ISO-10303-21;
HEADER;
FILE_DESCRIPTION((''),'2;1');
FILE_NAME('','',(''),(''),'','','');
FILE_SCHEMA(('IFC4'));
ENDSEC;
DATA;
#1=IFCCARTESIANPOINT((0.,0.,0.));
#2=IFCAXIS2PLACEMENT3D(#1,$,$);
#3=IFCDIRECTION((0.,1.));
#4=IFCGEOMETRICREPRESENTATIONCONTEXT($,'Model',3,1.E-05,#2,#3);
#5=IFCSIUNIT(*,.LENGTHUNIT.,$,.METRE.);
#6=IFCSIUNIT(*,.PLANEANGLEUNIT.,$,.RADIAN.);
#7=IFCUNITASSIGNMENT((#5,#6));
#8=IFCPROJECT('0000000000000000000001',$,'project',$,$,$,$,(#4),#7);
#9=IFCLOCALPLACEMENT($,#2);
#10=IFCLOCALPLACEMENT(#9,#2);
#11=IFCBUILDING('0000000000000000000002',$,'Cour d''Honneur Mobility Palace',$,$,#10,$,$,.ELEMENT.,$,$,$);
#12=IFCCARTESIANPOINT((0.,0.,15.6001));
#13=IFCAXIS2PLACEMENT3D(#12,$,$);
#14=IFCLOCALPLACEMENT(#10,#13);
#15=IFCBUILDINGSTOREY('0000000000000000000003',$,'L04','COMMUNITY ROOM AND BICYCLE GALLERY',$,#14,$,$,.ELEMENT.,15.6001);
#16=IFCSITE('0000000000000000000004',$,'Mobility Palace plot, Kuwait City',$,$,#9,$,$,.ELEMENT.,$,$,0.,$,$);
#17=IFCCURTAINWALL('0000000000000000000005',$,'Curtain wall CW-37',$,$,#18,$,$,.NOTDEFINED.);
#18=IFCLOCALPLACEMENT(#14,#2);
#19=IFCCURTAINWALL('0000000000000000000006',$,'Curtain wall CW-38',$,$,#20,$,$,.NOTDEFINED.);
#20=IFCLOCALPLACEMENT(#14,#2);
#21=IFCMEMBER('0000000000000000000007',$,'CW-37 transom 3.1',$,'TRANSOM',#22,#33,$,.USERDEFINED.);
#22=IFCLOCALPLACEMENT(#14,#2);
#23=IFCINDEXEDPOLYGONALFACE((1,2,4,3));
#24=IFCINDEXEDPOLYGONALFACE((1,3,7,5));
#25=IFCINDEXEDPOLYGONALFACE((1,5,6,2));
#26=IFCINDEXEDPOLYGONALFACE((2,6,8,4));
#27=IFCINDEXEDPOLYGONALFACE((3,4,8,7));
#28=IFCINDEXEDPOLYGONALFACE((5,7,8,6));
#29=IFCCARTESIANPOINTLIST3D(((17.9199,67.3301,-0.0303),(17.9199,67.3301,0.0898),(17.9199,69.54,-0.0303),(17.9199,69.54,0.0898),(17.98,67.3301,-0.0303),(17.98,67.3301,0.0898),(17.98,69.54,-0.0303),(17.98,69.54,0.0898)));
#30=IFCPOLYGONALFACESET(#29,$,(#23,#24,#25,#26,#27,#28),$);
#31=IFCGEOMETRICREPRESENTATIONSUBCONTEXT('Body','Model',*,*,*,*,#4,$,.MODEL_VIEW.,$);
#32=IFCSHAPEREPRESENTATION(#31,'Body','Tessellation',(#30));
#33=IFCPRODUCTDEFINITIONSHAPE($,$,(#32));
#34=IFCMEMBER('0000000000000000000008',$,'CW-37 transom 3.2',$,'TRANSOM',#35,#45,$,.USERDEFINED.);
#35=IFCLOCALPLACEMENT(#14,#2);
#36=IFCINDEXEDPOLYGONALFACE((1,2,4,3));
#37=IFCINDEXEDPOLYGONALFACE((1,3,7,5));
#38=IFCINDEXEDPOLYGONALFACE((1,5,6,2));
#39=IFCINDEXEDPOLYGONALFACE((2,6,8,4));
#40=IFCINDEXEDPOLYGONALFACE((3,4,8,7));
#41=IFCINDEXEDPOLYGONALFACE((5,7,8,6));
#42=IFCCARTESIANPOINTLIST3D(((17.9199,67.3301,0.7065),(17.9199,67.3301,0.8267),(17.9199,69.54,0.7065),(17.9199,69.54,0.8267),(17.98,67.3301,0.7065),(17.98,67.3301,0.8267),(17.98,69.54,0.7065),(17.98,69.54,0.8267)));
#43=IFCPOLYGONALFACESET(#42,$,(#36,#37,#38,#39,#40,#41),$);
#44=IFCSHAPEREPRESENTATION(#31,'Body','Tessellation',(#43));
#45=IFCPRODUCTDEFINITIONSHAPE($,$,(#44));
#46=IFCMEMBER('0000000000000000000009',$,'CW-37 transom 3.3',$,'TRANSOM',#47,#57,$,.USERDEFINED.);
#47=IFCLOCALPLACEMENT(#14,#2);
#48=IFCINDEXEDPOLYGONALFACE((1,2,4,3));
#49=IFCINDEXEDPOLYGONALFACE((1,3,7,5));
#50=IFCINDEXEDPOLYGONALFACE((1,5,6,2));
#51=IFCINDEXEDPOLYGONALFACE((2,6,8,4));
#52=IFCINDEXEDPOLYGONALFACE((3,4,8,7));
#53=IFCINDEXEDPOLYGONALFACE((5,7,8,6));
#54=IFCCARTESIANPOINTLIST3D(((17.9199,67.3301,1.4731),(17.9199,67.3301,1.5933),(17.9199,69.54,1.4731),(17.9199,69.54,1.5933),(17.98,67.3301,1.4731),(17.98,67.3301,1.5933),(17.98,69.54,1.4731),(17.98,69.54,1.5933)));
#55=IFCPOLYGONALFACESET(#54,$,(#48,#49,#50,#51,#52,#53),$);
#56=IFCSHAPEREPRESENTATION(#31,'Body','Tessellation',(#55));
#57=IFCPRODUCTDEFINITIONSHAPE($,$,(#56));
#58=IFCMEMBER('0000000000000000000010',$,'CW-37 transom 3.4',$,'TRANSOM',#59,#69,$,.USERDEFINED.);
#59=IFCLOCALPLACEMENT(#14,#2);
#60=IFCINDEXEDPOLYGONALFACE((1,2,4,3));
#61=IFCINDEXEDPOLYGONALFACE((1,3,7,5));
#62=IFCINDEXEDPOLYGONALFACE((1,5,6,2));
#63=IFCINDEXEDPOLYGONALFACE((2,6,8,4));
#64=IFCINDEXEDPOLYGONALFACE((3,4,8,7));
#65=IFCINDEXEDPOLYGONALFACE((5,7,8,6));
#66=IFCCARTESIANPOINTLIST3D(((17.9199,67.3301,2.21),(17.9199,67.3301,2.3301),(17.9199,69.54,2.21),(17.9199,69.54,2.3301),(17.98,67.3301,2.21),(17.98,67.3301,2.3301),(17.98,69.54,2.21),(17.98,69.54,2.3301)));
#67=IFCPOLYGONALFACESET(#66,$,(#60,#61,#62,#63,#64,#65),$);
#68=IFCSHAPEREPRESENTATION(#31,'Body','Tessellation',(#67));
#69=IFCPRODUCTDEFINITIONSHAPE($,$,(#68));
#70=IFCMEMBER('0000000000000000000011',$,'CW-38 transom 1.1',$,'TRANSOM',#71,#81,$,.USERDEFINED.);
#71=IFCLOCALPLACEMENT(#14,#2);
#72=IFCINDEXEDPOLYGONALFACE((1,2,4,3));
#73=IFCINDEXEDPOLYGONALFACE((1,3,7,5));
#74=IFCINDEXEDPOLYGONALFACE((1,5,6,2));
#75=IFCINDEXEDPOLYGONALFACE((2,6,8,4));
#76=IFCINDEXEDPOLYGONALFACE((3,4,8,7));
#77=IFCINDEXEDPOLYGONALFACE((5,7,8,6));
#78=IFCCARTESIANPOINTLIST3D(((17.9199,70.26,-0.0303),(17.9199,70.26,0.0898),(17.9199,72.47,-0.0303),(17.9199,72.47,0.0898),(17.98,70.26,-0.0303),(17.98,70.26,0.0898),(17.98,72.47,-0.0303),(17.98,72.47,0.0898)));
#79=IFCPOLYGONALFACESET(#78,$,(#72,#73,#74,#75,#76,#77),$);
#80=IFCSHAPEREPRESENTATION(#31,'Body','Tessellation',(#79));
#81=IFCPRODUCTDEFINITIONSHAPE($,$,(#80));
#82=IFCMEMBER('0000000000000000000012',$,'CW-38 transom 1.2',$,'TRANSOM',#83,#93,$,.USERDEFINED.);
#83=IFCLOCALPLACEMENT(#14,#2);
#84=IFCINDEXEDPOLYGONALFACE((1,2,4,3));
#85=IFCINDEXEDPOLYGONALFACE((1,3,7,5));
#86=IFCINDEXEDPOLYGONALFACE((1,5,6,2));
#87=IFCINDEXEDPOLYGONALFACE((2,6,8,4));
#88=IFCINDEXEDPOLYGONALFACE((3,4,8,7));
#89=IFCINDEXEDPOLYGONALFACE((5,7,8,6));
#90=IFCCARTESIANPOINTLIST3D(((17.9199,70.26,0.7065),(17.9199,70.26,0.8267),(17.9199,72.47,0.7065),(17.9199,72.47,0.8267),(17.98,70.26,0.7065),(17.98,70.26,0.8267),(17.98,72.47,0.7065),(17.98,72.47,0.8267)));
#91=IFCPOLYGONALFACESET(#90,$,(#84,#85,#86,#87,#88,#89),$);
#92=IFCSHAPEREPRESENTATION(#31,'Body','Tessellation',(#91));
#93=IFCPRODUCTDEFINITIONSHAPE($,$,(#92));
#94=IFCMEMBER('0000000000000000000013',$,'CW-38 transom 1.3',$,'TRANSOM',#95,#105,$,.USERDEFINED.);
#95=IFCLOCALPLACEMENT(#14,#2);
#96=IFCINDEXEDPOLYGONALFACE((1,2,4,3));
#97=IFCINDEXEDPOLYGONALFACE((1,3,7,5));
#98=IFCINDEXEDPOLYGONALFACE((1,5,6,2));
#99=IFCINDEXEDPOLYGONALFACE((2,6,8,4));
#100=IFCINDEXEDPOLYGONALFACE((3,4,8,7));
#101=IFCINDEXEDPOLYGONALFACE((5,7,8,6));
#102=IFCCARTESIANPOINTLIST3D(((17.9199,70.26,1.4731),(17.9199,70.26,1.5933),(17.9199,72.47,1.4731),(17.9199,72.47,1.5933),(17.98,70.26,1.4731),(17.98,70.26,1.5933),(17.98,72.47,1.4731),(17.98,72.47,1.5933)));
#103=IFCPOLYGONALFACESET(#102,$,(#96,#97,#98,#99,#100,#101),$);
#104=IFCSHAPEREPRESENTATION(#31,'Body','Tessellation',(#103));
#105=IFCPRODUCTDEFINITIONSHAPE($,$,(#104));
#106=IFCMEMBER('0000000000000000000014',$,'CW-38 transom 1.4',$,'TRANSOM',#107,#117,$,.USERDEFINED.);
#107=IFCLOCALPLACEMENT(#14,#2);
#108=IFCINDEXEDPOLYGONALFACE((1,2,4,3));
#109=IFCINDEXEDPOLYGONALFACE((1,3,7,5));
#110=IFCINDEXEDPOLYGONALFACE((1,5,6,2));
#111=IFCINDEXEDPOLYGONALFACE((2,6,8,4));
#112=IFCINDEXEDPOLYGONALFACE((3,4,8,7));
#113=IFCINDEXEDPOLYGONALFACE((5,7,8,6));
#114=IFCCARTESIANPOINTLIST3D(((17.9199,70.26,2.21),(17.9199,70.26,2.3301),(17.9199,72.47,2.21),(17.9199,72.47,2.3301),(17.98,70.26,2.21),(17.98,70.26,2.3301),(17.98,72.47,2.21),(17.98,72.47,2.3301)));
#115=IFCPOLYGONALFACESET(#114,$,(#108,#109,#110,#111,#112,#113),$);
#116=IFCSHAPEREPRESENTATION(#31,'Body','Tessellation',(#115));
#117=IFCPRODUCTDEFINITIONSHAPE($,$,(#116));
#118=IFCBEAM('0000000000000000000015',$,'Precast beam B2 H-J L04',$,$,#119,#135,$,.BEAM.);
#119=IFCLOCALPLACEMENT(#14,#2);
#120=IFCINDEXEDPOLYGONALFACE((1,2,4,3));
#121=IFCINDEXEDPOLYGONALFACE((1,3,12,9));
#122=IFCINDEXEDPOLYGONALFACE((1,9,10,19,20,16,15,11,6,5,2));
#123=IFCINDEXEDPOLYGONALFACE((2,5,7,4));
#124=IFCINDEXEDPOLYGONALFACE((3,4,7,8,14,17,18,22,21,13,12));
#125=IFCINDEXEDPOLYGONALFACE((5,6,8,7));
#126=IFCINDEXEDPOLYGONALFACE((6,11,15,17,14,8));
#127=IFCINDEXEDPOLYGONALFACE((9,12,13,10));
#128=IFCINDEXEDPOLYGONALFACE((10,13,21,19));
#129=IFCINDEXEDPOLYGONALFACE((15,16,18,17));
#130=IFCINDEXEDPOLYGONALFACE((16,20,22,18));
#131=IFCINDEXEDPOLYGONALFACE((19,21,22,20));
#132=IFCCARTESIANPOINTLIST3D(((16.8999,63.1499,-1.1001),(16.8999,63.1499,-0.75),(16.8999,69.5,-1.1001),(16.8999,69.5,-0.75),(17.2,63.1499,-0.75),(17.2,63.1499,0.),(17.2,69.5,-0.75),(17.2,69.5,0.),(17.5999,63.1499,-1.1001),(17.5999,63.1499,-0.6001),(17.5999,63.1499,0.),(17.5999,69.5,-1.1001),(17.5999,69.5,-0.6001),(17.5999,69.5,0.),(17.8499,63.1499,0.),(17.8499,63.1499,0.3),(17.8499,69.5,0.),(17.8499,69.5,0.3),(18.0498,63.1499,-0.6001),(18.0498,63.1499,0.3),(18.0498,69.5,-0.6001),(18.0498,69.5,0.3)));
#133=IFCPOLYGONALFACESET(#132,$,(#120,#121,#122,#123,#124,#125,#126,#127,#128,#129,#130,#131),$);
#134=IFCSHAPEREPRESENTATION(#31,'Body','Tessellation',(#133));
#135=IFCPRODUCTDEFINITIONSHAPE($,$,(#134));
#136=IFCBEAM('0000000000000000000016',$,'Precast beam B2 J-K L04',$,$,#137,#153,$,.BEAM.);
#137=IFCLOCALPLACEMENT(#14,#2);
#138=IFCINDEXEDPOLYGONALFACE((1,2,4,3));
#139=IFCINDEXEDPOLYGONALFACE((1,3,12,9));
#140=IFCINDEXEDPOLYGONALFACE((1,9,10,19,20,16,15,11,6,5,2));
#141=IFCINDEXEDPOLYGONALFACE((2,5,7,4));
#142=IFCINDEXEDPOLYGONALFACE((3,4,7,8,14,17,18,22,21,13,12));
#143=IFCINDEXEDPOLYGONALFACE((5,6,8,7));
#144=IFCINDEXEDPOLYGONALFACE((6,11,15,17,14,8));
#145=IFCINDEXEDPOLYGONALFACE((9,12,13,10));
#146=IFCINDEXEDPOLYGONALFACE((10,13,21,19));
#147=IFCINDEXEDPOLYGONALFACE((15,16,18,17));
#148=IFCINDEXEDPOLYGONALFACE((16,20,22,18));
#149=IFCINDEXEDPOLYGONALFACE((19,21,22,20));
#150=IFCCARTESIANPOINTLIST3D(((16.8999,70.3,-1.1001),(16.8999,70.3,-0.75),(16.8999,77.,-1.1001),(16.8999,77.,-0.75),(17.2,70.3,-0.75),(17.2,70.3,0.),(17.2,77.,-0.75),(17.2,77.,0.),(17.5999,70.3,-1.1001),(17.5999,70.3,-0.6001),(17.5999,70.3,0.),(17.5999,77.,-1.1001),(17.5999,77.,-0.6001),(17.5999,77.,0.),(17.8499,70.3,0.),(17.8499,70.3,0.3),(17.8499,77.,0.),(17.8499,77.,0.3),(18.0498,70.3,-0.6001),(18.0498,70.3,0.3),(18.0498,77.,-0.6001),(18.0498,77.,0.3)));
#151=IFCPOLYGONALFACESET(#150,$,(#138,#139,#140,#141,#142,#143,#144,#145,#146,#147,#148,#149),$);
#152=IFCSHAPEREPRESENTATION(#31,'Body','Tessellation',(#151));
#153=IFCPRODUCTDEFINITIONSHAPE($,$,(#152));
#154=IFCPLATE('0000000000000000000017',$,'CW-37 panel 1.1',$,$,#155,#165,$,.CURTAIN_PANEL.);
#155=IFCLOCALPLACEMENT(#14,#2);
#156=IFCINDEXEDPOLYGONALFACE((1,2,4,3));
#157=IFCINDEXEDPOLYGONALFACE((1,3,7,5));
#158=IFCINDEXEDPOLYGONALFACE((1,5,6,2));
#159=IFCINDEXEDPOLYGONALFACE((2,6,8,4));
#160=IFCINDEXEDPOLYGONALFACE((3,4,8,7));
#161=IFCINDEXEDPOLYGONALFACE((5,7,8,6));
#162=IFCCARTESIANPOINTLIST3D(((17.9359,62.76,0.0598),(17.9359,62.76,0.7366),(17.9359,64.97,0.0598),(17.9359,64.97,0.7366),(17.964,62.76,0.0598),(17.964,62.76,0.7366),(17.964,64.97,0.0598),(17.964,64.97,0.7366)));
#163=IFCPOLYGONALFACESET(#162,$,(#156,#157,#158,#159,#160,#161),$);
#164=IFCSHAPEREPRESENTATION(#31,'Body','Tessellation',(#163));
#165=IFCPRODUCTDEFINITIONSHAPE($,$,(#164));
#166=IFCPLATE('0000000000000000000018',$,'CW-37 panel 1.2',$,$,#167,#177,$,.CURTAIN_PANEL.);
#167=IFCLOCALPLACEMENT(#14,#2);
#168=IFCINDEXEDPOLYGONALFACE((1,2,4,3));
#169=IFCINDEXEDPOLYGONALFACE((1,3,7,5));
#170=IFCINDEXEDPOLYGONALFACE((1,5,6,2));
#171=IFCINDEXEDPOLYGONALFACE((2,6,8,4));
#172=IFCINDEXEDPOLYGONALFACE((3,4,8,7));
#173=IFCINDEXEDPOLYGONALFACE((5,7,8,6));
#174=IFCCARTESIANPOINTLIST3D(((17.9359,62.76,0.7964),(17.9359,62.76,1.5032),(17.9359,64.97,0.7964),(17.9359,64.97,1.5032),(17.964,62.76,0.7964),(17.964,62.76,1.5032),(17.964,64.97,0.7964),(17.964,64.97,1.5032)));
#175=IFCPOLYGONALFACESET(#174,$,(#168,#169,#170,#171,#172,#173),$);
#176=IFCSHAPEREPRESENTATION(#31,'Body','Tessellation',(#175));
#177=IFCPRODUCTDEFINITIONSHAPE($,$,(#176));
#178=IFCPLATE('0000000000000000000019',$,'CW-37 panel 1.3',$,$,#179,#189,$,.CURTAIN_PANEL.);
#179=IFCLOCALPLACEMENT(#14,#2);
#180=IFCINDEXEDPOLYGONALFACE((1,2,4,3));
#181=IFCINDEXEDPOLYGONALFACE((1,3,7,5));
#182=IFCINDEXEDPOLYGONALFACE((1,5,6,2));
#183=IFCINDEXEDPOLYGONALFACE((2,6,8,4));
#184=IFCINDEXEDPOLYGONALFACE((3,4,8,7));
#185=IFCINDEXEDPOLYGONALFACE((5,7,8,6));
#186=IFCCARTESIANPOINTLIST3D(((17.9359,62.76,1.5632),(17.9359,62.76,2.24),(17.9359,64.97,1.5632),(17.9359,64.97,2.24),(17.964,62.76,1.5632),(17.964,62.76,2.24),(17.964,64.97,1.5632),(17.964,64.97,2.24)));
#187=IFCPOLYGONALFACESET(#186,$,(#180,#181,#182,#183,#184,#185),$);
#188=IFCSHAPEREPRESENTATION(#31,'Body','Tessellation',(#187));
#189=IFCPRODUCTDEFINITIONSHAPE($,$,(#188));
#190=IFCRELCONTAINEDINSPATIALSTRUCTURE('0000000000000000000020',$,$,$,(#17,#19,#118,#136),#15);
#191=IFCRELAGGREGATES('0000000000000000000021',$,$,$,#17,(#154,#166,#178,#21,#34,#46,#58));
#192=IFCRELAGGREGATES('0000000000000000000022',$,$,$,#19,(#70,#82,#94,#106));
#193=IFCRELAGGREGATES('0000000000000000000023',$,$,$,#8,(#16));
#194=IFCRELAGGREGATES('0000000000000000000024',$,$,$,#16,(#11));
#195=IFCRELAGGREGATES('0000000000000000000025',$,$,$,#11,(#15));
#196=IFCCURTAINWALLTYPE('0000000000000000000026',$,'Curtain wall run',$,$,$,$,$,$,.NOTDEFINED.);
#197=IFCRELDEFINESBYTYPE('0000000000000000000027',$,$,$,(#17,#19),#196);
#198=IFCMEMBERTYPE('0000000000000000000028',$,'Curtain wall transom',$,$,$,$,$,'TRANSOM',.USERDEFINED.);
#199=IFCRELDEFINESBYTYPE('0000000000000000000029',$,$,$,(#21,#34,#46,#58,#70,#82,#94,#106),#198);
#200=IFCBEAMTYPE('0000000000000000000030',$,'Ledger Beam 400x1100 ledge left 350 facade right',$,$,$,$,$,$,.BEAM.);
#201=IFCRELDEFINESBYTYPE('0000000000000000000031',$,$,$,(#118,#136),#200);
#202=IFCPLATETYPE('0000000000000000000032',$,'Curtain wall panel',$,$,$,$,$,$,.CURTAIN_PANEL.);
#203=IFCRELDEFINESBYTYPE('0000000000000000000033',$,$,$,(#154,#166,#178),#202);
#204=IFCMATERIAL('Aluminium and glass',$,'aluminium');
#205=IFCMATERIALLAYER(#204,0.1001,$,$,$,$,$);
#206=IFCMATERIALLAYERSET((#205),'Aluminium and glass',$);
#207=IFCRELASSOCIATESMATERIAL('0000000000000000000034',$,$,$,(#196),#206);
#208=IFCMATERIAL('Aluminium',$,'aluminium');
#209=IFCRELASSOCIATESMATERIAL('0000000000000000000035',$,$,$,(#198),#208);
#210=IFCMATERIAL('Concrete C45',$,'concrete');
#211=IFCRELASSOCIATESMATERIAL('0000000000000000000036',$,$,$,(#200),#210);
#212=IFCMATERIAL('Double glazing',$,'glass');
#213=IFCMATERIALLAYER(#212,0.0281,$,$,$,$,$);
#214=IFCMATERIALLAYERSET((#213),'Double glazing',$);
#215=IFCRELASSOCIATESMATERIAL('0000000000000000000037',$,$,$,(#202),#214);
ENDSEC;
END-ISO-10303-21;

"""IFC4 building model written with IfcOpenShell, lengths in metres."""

from ifc_helpers import new_model, si_unit, direction, frame, origin, origin_2d, place, context, subcontext, project, spatial, polyline, rectangle, outline, extrude, material, layer, layer_set, material_profile, profile_set, type_object, element, aggregate, save


model = new_model("IFC4")

# Units and contexts
model_context = context("Model", 3, precision=1e-05, world=origin(), true_north=direction((0.0, 1.0)))
body_context = subcontext(model_context, "Body", "Model", "MODEL_VIEW")
ifc_project = project(units=[si_unit("LENGTHUNIT", "METRE"), si_unit("PLANEANGLEUNIT", "RADIAN")], contexts=[model_context])

# Site, building, storey
site_placement = place(None, origin())
site = spatial("IfcSite", under=ifc_project, at=site_placement, Name="Mobility Palace plot, Kuwait City", CompositionType="ELEMENT", RefElevation=0.0)
building_placement = place(site_placement, origin())
building = spatial("IfcBuilding", under=site, at=building_placement, Name="Cour d'Honneur Mobility Palace", CompositionType="ELEMENT")
storey_placement = place(building_placement, frame((0.0, 0.0, 15.6001)))
storey = spatial("IfcBuildingStorey", under=building, at=storey_placement, Name="L04", Description="COMMUNITY ROOM AND BICYCLE GALLERY", CompositionType="ELEMENT", Elevation=15.6001)

# Curtain wall
ifc_material_1 = material(Name="Aluminium and glass", Category="aluminium")
ifc_layer_1 = layer(ifc_material_1, 0.1001)
ifc_layer_set_1 = layer_set([ifc_layer_1], Name="Aluminium and glass")
curtain_wall_type = type_object("IfcCurtainWallType", Name="Curtain wall run", PredefinedType="NOTDEFINED", material=ifc_layer_set_1)
curtain_wall_1_placement = place(storey_placement, origin())
curtain_wall_1 = element("IfcCurtainWall", 1, at=curtain_wall_1_placement, inside=storey, type_object=curtain_wall_type, Name="Curtain wall CW-37", PredefinedType="NOTDEFINED")

# Curtain wall
curtain_wall_2_placement = place(storey_placement, origin())
curtain_wall_2 = element("IfcCurtainWall", 2, at=curtain_wall_2_placement, inside=storey, type_object=curtain_wall_type, Name="Curtain wall CW-38", PredefinedType="NOTDEFINED")

# Members
ifc_material_2 = material(Name="Aluminium", Category="aluminium")
ifc_material_profile_1 = material_profile(ifc_material_2, rectangle(XDim=0.0601, YDim=0.1201, at=origin_2d()), Name="Curtain wall transom")
ifc_profile_set_1 = profile_set([ifc_material_profile_1], Name="Aluminium")
member_type_1 = type_object("IfcMemberType", Name="Curtain wall transom", ElementType="TRANSOM", PredefinedType="USERDEFINED", material=ifc_profile_set_1)
member_1_placement = place(storey_placement, frame((17.95, 67.3301, 0.0298), z_axis=(0.0, 1.0, 0.0), x_axis=(-1.0, 0.0, 0.0)))
member_1 = element("IfcMember", 3, at=member_1_placement, type_object=member_type_1, Name="CW-37 transom 3.1", ObjectType="TRANSOM", PredefinedType="USERDEFINED", context=body_context, shape_type="SweptSolid", body=[
    extrude(rectangle(XDim=0.0601, YDim=0.1201, at=origin_2d()), origin(), (0.0, 0.0, 1.0), 2.21),
])
member_2_placement = place(storey_placement, frame((17.95, 67.3301, 0.7666), z_axis=(0.0, 1.0, 0.0), x_axis=(-1.0, 0.0, 0.0)))
member_2 = element("IfcMember", 4, at=member_2_placement, type_object=member_type_1, Name="CW-37 transom 3.2", ObjectType="TRANSOM", PredefinedType="USERDEFINED", context=body_context, shape_type="SweptSolid", body=[
    extrude(rectangle(XDim=0.0601, YDim=0.1201, at=origin_2d()), origin(), (0.0, 0.0, 1.0), 2.21),
])
member_3_placement = place(storey_placement, frame((17.95, 67.3301, 1.5332), z_axis=(0.0, 1.0, 0.0), x_axis=(-1.0, 0.0, 0.0)))
member_3 = element("IfcMember", 5, at=member_3_placement, type_object=member_type_1, Name="CW-37 transom 3.3", ObjectType="TRANSOM", PredefinedType="USERDEFINED", context=body_context, shape_type="SweptSolid", body=[
    extrude(rectangle(XDim=0.0601, YDim=0.1201, at=origin_2d()), origin(), (0.0, 0.0, 1.0), 2.21),
])
member_4_placement = place(storey_placement, frame((17.95, 67.3301, 2.27), z_axis=(0.0, 1.0, 0.0), x_axis=(-1.0, 0.0, 0.0)))
member_4 = element("IfcMember", 6, at=member_4_placement, type_object=member_type_1, Name="CW-37 transom 3.4", ObjectType="TRANSOM", PredefinedType="USERDEFINED", context=body_context, shape_type="SweptSolid", body=[
    extrude(rectangle(XDim=0.0601, YDim=0.1201, at=origin_2d()), origin(), (0.0, 0.0, 1.0), 2.21),
])
member_5_placement = place(storey_placement, frame((17.95, 70.26, 0.0298), z_axis=(0.0, 1.0, 0.0), x_axis=(-1.0, 0.0, 0.0)))
member_5 = element("IfcMember", 7, at=member_5_placement, type_object=member_type_1, Name="CW-38 transom 1.1", ObjectType="TRANSOM", PredefinedType="USERDEFINED", context=body_context, shape_type="SweptSolid", body=[
    extrude(rectangle(XDim=0.0601, YDim=0.1201, at=origin_2d()), origin(), (0.0, 0.0, 1.0), 2.21),
])
member_6_placement = place(storey_placement, frame((17.95, 70.26, 0.7666), z_axis=(0.0, 1.0, 0.0), x_axis=(-1.0, 0.0, 0.0)))
member_6 = element("IfcMember", 8, at=member_6_placement, type_object=member_type_1, Name="CW-38 transom 1.2", ObjectType="TRANSOM", PredefinedType="USERDEFINED", context=body_context, shape_type="SweptSolid", body=[
    extrude(rectangle(XDim=0.0601, YDim=0.1201, at=origin_2d()), origin(), (0.0, 0.0, 1.0), 2.21),
])
member_7_placement = place(storey_placement, frame((17.95, 70.26, 1.5332), z_axis=(0.0, 1.0, 0.0), x_axis=(-1.0, 0.0, 0.0)))
member_7 = element("IfcMember", 9, at=member_7_placement, type_object=member_type_1, Name="CW-38 transom 1.3", ObjectType="TRANSOM", PredefinedType="USERDEFINED", context=body_context, shape_type="SweptSolid", body=[
    extrude(rectangle(XDim=0.0601, YDim=0.1201, at=origin_2d()), origin(), (0.0, 0.0, 1.0), 2.21),
])
member_8_placement = place(storey_placement, frame((17.95, 70.26, 2.27), z_axis=(0.0, 1.0, 0.0), x_axis=(-1.0, 0.0, 0.0)))
member_8 = element("IfcMember", 10, at=member_8_placement, type_object=member_type_1, Name="CW-38 transom 1.4", ObjectType="TRANSOM", PredefinedType="USERDEFINED", context=body_context, shape_type="SweptSolid", body=[
    extrude(rectangle(XDim=0.0601, YDim=0.1201, at=origin_2d()), origin(), (0.0, 0.0, 1.0), 2.21),
])

# Beams
ifc_material_3 = material(Name="Concrete C45", Category="concrete")
ifc_material_profile_2 = material_profile(ifc_material_3, outline(polyline([(0.5, -1.1001), (0.5, -0.75), (0.2, -0.75), (0.2, 0.0), (-0.2, 0.0), (-0.45, 0.0), (-0.45, 0.3), (-0.6499, 0.3), (-0.6499, -0.6001), (-0.2, -0.6001), (-0.2, -1.1001), (0.5, -1.1001)])), Name="Ledger Beam 400x1100 ledge left 350 facade right")
ifc_profile_set_2 = profile_set([ifc_material_profile_2], Name="Concrete C45")
beam_type = type_object("IfcBeamType", Name="Ledger Beam 400x1100 ledge left 350 facade right", PredefinedType="BEAM", material=ifc_profile_set_2)
beam_1_placement = place(storey_placement, frame((17.3999, 63.1499, 0.0), z_axis=(0.0, 1.0, 0.0), x_axis=(-1.0, 0.0, 0.0)))
element("IfcBeam", 11, at=beam_1_placement, inside=storey, type_object=beam_type, Name="Precast beam B2 H-J L04", PredefinedType="BEAM", context=body_context, shape_type="SweptSolid", body=[
    extrude(outline(polyline([(0.5, -1.1001), (0.5, -0.75), (0.2, -0.75), (0.2, 0.0), (-0.2, 0.0), (-0.45, 0.0), (-0.45, 0.3), (-0.6499, 0.3), (-0.6499, -0.6001), (-0.2, -0.6001), (-0.2, -1.1001), (0.5, -1.1001)])), origin(), (0.0, 0.0, 1.0), 6.3501),
])
beam_2_placement = place(storey_placement, frame((17.3999, 70.3, 0.0), z_axis=(0.0, 1.0, 0.0), x_axis=(-1.0, 0.0, 0.0)))
element("IfcBeam", 12, at=beam_2_placement, inside=storey, type_object=beam_type, Name="Precast beam B2 J-K L04", PredefinedType="BEAM", context=body_context, shape_type="SweptSolid", body=[
    extrude(outline(polyline([(0.5, -1.1001), (0.5, -0.75), (0.2, -0.75), (0.2, 0.0), (-0.2, 0.0), (-0.45, 0.0), (-0.45, 0.3), (-0.6499, 0.3), (-0.6499, -0.6001), (-0.2, -0.6001), (-0.2, -1.1001), (0.5, -1.1001)])), origin(), (0.0, 0.0, 1.0), 6.7),
])

# Plates
ifc_material_4 = material(Name="Double glazing", Category="glass")
ifc_layer_2 = layer(ifc_material_4, 0.0281)
ifc_layer_set_2 = layer_set([ifc_layer_2], Name="Double glazing")
plate_type = type_object("IfcPlateType", Name="Curtain wall panel", PredefinedType="CURTAIN_PANEL", material=ifc_layer_set_2)
plate_1_placement = place(storey_placement, frame((17.95, 63.865, 0.0598), z_axis=(0.0, 0.0, 1.0), x_axis=(0.0, 1.0, 0.0)))
plate_1 = element("IfcPlate", 13, at=plate_1_placement, type_object=plate_type, Name="CW-37 panel 1.1", PredefinedType="CURTAIN_PANEL", context=body_context, shape_type="SweptSolid", body=[
    extrude(rectangle(XDim=2.21, YDim=0.0281, at=origin_2d()), origin(), (0.0, 0.0, 1.0), 0.6768),
])
plate_2_placement = place(storey_placement, frame((17.95, 63.865, 0.7964), z_axis=(0.0, 0.0, 1.0), x_axis=(0.0, 1.0, 0.0)))
plate_2 = element("IfcPlate", 14, at=plate_2_placement, type_object=plate_type, Name="CW-37 panel 1.2", PredefinedType="CURTAIN_PANEL", context=body_context, shape_type="SweptSolid", body=[
    extrude(rectangle(XDim=2.21, YDim=0.0281, at=origin_2d()), origin(), (0.0, 0.0, 1.0), 0.7068),
])
plate_3_placement = place(storey_placement, frame((17.95, 63.865, 1.5632), z_axis=(0.0, 0.0, 1.0), x_axis=(0.0, 1.0, 0.0)))
plate_3 = element("IfcPlate", 15, at=plate_3_placement, type_object=plate_type, Name="CW-37 panel 1.3", PredefinedType="CURTAIN_PANEL", context=body_context, shape_type="SweptSolid", body=[
    extrude(rectangle(XDim=2.21, YDim=0.0281, at=origin_2d()), origin(), (0.0, 0.0, 1.0), 0.6768),
])
aggregate(curtain_wall_1, [plate_1, plate_2, plate_3, member_1, member_2, member_3, member_4])
aggregate(curtain_wall_2, [member_5, member_6, member_7, member_8])

save(model, "model.ifc")
